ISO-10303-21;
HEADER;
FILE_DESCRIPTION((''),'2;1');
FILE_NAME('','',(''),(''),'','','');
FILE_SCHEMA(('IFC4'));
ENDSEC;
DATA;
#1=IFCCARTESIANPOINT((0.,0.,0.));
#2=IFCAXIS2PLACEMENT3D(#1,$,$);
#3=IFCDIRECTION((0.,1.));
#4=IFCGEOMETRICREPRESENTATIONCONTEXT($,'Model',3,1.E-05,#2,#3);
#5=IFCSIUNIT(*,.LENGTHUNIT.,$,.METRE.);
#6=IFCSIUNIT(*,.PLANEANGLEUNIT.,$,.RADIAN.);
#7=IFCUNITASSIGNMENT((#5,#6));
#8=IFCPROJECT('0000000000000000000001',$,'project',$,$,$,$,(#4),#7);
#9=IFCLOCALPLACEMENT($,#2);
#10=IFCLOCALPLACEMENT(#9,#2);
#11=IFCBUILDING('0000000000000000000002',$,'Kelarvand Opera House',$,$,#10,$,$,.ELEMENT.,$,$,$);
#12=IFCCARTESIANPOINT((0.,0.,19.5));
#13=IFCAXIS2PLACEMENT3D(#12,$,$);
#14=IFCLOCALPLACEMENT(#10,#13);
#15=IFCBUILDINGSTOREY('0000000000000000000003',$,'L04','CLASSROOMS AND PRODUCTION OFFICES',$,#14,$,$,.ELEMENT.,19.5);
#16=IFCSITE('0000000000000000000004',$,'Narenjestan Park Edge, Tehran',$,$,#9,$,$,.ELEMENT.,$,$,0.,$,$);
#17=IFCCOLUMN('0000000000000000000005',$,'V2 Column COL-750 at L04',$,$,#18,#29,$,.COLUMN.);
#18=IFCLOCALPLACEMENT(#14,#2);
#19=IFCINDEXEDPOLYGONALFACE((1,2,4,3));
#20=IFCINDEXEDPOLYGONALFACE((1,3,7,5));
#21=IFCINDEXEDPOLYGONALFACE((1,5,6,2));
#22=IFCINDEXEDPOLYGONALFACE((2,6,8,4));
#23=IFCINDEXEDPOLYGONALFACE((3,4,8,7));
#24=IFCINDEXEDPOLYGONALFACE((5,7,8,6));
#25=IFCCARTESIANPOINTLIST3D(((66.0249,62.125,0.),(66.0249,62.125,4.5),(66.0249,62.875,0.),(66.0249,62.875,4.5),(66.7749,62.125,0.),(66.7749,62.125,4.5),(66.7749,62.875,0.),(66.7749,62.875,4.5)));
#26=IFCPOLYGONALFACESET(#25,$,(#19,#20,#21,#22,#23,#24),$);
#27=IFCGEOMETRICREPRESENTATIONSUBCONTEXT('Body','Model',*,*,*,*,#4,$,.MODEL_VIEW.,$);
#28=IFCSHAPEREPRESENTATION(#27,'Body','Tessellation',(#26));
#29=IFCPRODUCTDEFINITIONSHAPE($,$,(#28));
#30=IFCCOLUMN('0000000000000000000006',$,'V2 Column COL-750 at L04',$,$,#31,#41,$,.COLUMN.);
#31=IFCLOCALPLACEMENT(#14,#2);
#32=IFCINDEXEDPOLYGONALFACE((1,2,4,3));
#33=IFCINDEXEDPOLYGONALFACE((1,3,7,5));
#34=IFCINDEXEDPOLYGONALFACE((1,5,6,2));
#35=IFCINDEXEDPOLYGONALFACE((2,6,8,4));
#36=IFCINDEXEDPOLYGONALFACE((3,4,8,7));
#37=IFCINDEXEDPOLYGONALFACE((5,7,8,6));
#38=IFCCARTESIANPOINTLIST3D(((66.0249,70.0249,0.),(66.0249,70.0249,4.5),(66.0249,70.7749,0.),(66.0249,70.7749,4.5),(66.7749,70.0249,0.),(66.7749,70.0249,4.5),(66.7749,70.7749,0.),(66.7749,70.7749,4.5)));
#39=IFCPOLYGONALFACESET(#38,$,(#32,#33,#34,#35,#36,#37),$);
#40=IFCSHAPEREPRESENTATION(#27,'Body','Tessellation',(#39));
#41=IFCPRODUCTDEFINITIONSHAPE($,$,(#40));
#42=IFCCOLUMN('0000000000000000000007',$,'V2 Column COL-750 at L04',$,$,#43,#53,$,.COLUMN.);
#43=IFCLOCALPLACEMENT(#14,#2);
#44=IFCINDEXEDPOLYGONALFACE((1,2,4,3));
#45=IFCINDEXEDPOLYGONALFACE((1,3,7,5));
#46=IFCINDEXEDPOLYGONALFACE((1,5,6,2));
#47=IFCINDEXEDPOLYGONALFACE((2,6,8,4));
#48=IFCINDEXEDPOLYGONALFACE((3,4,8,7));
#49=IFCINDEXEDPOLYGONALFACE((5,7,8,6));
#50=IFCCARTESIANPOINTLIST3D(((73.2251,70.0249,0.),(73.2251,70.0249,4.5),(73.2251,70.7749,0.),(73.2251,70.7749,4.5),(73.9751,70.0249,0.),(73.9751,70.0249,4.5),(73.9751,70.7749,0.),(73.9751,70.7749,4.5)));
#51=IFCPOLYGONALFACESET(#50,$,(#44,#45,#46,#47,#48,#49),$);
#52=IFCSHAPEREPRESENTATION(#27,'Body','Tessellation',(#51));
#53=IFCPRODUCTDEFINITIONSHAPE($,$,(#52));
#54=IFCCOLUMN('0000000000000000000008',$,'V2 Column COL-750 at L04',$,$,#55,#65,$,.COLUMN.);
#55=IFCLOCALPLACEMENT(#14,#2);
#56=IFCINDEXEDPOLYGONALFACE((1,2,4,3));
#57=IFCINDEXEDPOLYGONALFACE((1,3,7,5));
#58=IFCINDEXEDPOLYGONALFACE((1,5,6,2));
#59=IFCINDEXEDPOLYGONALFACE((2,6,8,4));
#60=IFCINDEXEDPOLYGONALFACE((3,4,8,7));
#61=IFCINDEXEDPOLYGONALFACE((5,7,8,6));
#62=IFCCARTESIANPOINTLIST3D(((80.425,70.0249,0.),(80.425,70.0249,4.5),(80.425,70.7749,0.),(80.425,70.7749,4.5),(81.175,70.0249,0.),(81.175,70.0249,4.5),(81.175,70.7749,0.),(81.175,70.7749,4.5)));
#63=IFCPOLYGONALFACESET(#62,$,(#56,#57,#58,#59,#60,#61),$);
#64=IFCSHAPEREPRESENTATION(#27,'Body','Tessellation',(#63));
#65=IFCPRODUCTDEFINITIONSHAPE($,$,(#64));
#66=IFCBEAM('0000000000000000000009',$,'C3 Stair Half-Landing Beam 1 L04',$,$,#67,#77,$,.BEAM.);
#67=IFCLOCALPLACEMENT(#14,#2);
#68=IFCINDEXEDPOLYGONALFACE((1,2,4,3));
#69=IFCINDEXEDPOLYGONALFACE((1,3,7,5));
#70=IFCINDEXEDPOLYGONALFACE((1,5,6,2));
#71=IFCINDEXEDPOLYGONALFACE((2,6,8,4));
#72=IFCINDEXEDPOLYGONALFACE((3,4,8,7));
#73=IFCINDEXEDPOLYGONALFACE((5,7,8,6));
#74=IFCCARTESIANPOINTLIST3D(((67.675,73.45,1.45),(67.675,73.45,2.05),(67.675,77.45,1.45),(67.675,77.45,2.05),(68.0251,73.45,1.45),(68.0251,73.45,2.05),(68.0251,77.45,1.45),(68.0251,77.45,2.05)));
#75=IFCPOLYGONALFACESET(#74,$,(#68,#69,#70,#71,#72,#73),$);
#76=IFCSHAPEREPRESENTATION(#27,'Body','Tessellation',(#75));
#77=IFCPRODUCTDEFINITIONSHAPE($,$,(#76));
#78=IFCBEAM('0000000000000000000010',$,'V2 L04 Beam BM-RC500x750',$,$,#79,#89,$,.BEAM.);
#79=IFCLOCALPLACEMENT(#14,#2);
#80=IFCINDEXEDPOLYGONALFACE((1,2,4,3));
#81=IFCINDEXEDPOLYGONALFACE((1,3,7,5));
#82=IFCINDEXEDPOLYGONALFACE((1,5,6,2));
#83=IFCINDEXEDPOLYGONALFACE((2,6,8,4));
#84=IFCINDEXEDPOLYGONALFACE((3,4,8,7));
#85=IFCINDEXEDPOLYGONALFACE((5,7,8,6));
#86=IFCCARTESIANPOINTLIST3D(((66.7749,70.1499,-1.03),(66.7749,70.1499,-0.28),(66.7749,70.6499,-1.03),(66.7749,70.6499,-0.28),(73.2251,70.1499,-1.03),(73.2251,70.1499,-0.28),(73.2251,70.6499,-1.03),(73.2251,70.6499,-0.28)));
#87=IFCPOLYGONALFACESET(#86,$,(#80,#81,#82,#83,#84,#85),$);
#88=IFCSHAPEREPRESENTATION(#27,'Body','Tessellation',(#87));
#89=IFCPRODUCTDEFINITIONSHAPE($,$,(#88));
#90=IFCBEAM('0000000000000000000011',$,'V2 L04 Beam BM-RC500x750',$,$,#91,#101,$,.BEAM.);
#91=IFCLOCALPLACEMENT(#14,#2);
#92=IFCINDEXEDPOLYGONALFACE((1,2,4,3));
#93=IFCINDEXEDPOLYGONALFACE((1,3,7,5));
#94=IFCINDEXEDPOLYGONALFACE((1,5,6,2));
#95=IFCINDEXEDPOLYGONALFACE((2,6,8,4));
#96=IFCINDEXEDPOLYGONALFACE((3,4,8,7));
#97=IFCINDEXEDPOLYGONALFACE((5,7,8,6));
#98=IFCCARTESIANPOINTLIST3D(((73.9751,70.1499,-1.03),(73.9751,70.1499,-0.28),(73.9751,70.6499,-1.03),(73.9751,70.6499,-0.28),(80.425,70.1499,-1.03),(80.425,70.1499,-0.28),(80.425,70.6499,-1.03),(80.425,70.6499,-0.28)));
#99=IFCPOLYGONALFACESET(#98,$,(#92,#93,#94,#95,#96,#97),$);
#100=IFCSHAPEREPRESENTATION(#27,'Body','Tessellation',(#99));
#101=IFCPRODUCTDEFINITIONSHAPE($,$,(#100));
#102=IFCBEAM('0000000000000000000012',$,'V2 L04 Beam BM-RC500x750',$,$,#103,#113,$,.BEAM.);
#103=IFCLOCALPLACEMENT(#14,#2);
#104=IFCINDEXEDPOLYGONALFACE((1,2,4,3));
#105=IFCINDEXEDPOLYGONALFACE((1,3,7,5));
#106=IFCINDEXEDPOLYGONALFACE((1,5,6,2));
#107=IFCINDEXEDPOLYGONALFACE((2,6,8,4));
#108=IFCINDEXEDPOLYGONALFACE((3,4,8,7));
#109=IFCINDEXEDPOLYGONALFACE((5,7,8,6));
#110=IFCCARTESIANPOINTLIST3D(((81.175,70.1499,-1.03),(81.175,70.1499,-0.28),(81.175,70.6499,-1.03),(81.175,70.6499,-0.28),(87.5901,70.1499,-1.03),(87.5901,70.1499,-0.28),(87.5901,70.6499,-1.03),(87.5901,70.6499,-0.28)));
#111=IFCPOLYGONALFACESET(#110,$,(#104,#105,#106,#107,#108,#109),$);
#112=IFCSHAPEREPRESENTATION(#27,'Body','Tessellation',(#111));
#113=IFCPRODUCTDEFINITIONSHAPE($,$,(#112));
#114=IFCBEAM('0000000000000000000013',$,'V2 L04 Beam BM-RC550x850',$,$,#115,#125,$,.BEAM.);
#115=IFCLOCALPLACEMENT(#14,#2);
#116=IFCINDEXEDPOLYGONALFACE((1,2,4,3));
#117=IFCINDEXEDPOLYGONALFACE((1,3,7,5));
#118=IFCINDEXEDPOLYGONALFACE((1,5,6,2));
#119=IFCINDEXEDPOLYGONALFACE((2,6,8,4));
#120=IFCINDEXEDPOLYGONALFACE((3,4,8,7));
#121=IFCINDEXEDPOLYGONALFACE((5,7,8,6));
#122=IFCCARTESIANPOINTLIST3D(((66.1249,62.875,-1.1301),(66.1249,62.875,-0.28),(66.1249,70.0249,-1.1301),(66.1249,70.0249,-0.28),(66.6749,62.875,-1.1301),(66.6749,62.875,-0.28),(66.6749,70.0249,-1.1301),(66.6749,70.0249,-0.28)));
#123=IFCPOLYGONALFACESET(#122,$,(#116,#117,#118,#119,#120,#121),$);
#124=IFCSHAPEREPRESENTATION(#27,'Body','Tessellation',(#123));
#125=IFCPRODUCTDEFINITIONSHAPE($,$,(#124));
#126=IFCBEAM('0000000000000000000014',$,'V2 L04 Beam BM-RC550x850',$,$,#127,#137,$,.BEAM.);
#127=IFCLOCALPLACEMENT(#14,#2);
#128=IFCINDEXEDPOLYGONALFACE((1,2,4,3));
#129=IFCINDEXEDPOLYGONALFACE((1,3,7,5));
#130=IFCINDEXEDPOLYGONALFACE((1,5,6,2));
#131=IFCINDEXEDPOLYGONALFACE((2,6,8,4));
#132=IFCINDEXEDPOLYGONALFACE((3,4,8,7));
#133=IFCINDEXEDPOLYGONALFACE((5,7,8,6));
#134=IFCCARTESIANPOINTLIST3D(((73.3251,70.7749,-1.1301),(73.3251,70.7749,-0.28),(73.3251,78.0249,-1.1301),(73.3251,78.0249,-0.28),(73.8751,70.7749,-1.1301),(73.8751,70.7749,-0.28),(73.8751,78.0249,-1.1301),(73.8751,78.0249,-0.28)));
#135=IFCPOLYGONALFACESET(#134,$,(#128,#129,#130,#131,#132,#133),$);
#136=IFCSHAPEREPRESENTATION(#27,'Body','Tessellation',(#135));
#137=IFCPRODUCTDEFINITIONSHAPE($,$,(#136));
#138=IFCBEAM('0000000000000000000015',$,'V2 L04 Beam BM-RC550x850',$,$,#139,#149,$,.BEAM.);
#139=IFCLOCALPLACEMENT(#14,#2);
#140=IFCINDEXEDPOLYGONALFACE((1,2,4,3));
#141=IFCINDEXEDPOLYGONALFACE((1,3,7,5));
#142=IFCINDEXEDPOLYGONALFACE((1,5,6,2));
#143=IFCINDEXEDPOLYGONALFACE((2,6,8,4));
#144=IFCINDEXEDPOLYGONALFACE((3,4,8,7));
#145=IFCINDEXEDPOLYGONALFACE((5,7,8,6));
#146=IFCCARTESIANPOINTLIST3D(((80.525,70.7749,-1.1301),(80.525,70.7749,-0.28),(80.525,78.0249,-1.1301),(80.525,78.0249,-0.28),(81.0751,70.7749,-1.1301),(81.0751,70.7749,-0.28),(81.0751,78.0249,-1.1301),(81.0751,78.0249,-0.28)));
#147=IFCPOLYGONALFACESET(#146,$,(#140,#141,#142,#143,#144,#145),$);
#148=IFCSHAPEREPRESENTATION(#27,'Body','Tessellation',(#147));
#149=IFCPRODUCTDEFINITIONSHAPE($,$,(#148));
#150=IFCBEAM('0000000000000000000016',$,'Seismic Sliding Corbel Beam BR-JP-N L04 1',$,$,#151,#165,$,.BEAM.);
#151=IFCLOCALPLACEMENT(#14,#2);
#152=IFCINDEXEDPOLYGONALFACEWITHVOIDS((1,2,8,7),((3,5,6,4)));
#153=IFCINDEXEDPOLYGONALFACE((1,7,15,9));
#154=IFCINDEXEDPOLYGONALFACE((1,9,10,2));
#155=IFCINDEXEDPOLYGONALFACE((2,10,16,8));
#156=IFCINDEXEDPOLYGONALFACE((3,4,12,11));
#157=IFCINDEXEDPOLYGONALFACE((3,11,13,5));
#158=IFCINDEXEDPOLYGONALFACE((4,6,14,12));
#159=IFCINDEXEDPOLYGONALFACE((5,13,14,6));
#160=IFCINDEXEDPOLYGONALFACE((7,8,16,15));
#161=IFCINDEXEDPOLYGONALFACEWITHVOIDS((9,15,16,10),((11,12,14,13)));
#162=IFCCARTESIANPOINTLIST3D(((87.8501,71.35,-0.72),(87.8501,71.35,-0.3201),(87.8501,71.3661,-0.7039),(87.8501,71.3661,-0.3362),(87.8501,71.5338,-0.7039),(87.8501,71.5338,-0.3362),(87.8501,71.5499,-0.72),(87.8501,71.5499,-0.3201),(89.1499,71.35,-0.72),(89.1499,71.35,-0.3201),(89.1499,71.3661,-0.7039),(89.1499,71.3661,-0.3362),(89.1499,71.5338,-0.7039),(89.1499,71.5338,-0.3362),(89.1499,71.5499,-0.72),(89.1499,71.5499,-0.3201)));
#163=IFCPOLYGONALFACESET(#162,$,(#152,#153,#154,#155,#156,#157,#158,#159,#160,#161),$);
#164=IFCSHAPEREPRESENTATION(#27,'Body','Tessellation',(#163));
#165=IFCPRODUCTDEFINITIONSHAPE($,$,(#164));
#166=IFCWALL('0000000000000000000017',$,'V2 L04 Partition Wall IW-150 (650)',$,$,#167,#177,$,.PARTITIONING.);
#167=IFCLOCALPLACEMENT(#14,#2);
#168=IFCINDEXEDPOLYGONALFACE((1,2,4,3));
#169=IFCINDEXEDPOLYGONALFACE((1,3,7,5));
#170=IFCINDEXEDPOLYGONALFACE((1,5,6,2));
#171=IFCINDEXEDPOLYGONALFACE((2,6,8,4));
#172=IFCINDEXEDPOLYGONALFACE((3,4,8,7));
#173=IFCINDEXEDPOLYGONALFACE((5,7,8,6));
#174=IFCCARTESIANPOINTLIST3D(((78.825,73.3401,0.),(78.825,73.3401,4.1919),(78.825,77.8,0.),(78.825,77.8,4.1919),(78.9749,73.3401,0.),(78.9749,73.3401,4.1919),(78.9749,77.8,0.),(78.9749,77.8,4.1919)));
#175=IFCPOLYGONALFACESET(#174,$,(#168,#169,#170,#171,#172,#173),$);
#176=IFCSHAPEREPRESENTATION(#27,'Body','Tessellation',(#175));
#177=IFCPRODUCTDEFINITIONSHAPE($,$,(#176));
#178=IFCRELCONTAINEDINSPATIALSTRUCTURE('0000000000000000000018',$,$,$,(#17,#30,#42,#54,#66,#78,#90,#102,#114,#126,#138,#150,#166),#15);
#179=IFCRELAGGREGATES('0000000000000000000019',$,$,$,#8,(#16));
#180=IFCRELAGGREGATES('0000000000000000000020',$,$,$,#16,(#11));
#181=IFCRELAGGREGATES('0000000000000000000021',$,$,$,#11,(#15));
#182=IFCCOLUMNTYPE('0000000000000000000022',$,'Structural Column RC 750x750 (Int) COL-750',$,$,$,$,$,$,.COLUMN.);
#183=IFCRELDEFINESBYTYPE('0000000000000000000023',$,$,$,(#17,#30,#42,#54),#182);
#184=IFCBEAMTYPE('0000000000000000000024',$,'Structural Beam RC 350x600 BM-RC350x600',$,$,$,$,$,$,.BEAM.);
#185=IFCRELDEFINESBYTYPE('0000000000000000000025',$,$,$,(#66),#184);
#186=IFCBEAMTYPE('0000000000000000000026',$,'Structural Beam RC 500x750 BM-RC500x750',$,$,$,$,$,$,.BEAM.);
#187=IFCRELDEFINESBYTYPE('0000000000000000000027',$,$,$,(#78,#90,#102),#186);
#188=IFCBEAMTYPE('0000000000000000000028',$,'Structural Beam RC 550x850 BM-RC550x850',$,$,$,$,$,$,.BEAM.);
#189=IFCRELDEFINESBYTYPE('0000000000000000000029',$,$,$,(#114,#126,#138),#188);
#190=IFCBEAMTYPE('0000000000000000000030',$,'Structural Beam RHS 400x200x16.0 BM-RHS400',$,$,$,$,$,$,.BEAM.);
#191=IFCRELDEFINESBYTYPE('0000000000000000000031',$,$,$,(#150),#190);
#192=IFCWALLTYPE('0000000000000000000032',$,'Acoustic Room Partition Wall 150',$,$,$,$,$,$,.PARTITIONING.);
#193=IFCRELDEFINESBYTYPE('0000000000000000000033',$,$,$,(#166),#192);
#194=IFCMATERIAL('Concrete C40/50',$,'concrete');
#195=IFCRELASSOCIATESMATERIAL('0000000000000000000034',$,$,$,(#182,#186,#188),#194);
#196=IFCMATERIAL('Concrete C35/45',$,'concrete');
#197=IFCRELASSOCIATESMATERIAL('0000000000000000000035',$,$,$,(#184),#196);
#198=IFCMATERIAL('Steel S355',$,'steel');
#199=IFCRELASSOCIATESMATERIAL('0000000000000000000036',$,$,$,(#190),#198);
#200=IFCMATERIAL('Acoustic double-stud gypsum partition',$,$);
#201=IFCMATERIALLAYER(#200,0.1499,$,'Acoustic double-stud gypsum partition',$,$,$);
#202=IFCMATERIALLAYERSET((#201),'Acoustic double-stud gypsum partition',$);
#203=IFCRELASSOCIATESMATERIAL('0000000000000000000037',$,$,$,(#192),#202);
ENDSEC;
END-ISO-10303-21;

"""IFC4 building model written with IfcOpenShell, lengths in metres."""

from ifc_helpers import new_model, si_unit, direction, frame, frame_2d, origin, origin_2d, place, context, subcontext, project, spatial, rectangle, hollow_rectangle, extrude, material, layer, layer_set, material_profile, profile_set, type_object, element, save


model = new_model("IFC4")

# Units and contexts
model_context = context("Model", 3, precision=1e-05, world=origin(), true_north=direction((0.0, 1.0)))
body_context = subcontext(model_context, "Body", "Model", "MODEL_VIEW")
ifc_project = project(units=[si_unit("LENGTHUNIT", "METRE"), si_unit("PLANEANGLEUNIT", "RADIAN")], contexts=[model_context])

# Site, building, storey
site_placement = place(None, origin())
site = spatial("IfcSite", under=ifc_project, at=site_placement, Name="Narenjestan Park Edge, Tehran", CompositionType="ELEMENT", RefElevation=0.0)
building_placement = place(site_placement, origin())
building = spatial("IfcBuilding", under=site, at=building_placement, Name="Kelarvand Opera House", CompositionType="ELEMENT")
storey_placement = place(building_placement, frame((0.0, 0.0, 19.5)))
storey = spatial("IfcBuildingStorey", under=building, at=storey_placement, Name="L04", Description="CLASSROOMS AND PRODUCTION OFFICES", CompositionType="ELEMENT", Elevation=19.5)

# Columns
ifc_material_1 = material(Name="Concrete C40/50", Category="concrete")
ifc_material_profile_1 = material_profile(ifc_material_1, rectangle(XDim=0.75, YDim=0.75, at=origin_2d()), Name="RC 750x750", Category="concrete")
ifc_profile_set_1 = profile_set([ifc_material_profile_1], Name="Concrete C40/50")
column_type = type_object("IfcColumnType", Name="Structural Column RC 750x750 (Int) COL-750", PredefinedType="COLUMN", material=ifc_profile_set_1)
for number, where, z_axis, x_axis, name in (
    (1, (66.3999, 62.5, 0.0), (0.0, 0.0, 1.0), (1.0, 0.0, 0.0), "V2 Column COL-750 at L04"),
    (2, (66.3999, 70.3999, 0.0), (0.0, 0.0, 1.0), (1.0, 0.0, 0.0), "V2 Column COL-750 at L04"),
    (3, (73.6001, 70.3999, 0.0), (0.0, 0.0, 1.0), (1.0, 0.0, 0.0), "V2 Column COL-750 at L04"),
    (4, (80.8, 70.3999, 0.0), (0.0, 0.0, 1.0), (1.0, 0.0, 0.0), "V2 Column COL-750 at L04"),
):
    element("IfcColumn", number, at=place(storey_placement, frame(where, z_axis=z_axis, x_axis=x_axis)), inside=storey, type_object=column_type, Name=name, PredefinedType="COLUMN", context=body_context, shape_type="SweptSolid", body=[
        extrude(rectangle(XDim=0.75, YDim=0.75, at=origin_2d()), origin(), (0.0, 0.0, 1.0), 4.5),
    ])

# Beams
ifc_material_2 = material(Name="Concrete C35/45", Category="concrete")
ifc_material_profile_2 = material_profile(ifc_material_2, rectangle(XDim=0.3501, YDim=0.6001, at=origin_2d()), Name="RC 350x600", Category="concrete")
ifc_profile_set_2 = profile_set([ifc_material_profile_2], Name="Concrete C35/45")
beam_type_1 = type_object("IfcBeamType", Name="Structural Beam RC 350x600 BM-RC350x600", PredefinedType="BEAM", material=ifc_profile_set_2)
beam_1_placement = place(storey_placement, frame((67.8501, 73.45, 1.75), z_axis=(0.0, 1.0, 0.0), x_axis=(-1.0, 0.0, 0.0)))
element("IfcBeam", 5, at=beam_1_placement, inside=storey, type_object=beam_type_1, Name="C3 Stair Half-Landing Beam 1 L04", PredefinedType="BEAM", context=body_context, shape_type="SweptSolid", body=[
    extrude(rectangle(XDim=0.3501, YDim=0.6001, at=origin_2d()), origin(), (0.0, 0.0, 1.0), 4.0),
])
ifc_material_profile_3 = material_profile(ifc_material_1, rectangle(XDim=0.5, YDim=0.75, at=origin_2d()), Name="RC 500x750", Category="concrete")
ifc_profile_set_3 = profile_set([ifc_material_profile_3], Name="Concrete C40/50")
beam_type_2 = type_object("IfcBeamType", Name="Structural Beam RC 500x750 BM-RC500x750", PredefinedType="BEAM", material=ifc_profile_set_3)
beam_2_placement = place(storey_placement, frame((66.7749, 70.3999, -0.655), z_axis=(1.0, 0.0, 0.0), x_axis=(0.0, 1.0, 0.0)))
element("IfcBeam", 6, at=beam_2_placement, inside=storey, type_object=beam_type_2, Name="V2 L04 Beam BM-RC500x750", PredefinedType="BEAM", context=body_context, shape_type="SweptSolid", body=[
    extrude(rectangle(XDim=0.5, YDim=0.75, at=origin_2d()), origin(), (0.0, 0.0, 1.0), 6.4502),
])
beam_3_placement = place(storey_placement, frame((73.9751, 70.3999, -0.655), z_axis=(1.0, 0.0, 0.0), x_axis=(0.0, 1.0, 0.0)))
element("IfcBeam", 7, at=beam_3_placement, inside=storey, type_object=beam_type_2, Name="V2 L04 Beam BM-RC500x750", PredefinedType="BEAM", context=body_context, shape_type="SweptSolid", body=[
    extrude(rectangle(XDim=0.5, YDim=0.75, at=origin_2d()), origin(), (0.0, 0.0, 1.0), 6.45),
])
beam_4_placement = place(storey_placement, frame((81.175, 70.3999, -0.655), z_axis=(1.0, 0.0, 0.0), x_axis=(0.0, 1.0, 0.0)))
element("IfcBeam", 8, at=beam_4_placement, inside=storey, type_object=beam_type_2, Name="V2 L04 Beam BM-RC500x750", PredefinedType="BEAM", context=body_context, shape_type="SweptSolid", body=[
    extrude(rectangle(XDim=0.5, YDim=0.75, at=origin_2d()), origin(), (0.0, 0.0, 1.0), 6.415),
])
ifc_material_profile_4 = material_profile(ifc_material_1, rectangle(XDim=0.55, YDim=0.8501, at=origin_2d()), Name="RC 550x850", Category="concrete")
ifc_profile_set_4 = profile_set([ifc_material_profile_4], Name="Concrete C40/50")
beam_type_3 = type_object("IfcBeamType", Name="Structural Beam RC 550x850 BM-RC550x850", PredefinedType="BEAM", material=ifc_profile_set_4)
beam_5_placement = place(storey_placement, frame((66.3999, 62.875, -0.7051), z_axis=(0.0, 1.0, 0.0), x_axis=(-1.0, 0.0, 0.0)))
element("IfcBeam", 9, at=beam_5_placement, inside=storey, type_object=beam_type_3, Name="V2 L04 Beam BM-RC550x850", PredefinedType="BEAM", context=body_context, shape_type="SweptSolid", body=[
    extrude(rectangle(XDim=0.55, YDim=0.8501, at=origin_2d()), origin(), (0.0, 0.0, 1.0), 7.1499),
])
for number, where, z_axis, x_axis, name in (
    (10, (73.6001, 70.7749, -0.7051), (0.0, 1.0, 0.0), (-1.0, 0.0, 0.0), "V2 L04 Beam BM-RC550x850"),
    (11, (80.8, 70.7749, -0.7051), (0.0, 1.0, 0.0), (-1.0, 0.0, 0.0), "V2 L04 Beam BM-RC550x850"),
):
    element("IfcBeam", number, at=place(storey_placement, frame(where, z_axis=z_axis, x_axis=x_axis)), inside=storey, type_object=beam_type_3, Name=name, PredefinedType="BEAM", context=body_context, shape_type="SweptSolid", body=[
        extrude(rectangle(XDim=0.55, YDim=0.8501, at=origin_2d()), origin(), (0.0, 0.0, 1.0), 7.25),
    ])
ifc_material_3 = material(Name="Steel S355", Category="steel")
ifc_material_profile_5 = material_profile(ifc_material_3, hollow_rectangle(XDim=0.2, YDim=0.3999, WallThickness=0.0161, at=origin_2d()), Name="RHS 400x200x16.0", Category="steel")
ifc_profile_set_5 = profile_set([ifc_material_profile_5], Name="Steel S355")
beam_type_4 = type_object("IfcBeamType", Name="Structural Beam RHS 400x200x16.0 BM-RHS400", PredefinedType="BEAM", material=ifc_profile_set_5)
beam_6_placement = place(storey_placement, frame((87.8501, 71.45, -0.52), z_axis=(1.0, 0.0, 0.0), x_axis=(0.0, 1.0, 0.0)))
element("IfcBeam", 12, at=beam_6_placement, inside=storey, type_object=beam_type_4, Name="Seismic Sliding Corbel Beam BR-JP-N L04 1", PredefinedType="BEAM", context=body_context, shape_type="SweptSolid", body=[
    extrude(hollow_rectangle(XDim=0.2, YDim=0.3999, WallThickness=0.0161, at=origin_2d()), origin(), (0.0, 0.0, 1.0), 1.2998),
])

# Wall
ifc_material_4 = material(Name="Acoustic double-stud gypsum partition")
ifc_layer_1 = layer(ifc_material_4, 0.1499, Name="Acoustic double-stud gypsum partition")
ifc_layer_set_1 = layer_set([ifc_layer_1], Name="Acoustic double-stud gypsum partition")
wall_type_1 = type_object("IfcWallType", Name="Acoustic Room Partition Wall 150", PredefinedType="PARTITIONING", material=ifc_layer_set_1)
wall_1_placement = place(storey_placement, frame((78.8999, 73.3401, 0.0), z_axis=(0.0, 0.0, 1.0), x_axis=(0.0, 1.0, 0.0)))
element("IfcWall", 13, at=wall_1_placement, inside=storey, type_object=wall_type_1, Name="V2 L04 Partition Wall IW-150 (650)", PredefinedType="PARTITIONING", context=body_context, shape_type="SweptSolid", body=[
    extrude(rectangle(XDim=4.46, YDim=0.1499, at=frame_2d((2.23, 0.0))), origin(), (0.0, 0.0, 1.0), 4.1919),
])

save(model, "model.ifc")
